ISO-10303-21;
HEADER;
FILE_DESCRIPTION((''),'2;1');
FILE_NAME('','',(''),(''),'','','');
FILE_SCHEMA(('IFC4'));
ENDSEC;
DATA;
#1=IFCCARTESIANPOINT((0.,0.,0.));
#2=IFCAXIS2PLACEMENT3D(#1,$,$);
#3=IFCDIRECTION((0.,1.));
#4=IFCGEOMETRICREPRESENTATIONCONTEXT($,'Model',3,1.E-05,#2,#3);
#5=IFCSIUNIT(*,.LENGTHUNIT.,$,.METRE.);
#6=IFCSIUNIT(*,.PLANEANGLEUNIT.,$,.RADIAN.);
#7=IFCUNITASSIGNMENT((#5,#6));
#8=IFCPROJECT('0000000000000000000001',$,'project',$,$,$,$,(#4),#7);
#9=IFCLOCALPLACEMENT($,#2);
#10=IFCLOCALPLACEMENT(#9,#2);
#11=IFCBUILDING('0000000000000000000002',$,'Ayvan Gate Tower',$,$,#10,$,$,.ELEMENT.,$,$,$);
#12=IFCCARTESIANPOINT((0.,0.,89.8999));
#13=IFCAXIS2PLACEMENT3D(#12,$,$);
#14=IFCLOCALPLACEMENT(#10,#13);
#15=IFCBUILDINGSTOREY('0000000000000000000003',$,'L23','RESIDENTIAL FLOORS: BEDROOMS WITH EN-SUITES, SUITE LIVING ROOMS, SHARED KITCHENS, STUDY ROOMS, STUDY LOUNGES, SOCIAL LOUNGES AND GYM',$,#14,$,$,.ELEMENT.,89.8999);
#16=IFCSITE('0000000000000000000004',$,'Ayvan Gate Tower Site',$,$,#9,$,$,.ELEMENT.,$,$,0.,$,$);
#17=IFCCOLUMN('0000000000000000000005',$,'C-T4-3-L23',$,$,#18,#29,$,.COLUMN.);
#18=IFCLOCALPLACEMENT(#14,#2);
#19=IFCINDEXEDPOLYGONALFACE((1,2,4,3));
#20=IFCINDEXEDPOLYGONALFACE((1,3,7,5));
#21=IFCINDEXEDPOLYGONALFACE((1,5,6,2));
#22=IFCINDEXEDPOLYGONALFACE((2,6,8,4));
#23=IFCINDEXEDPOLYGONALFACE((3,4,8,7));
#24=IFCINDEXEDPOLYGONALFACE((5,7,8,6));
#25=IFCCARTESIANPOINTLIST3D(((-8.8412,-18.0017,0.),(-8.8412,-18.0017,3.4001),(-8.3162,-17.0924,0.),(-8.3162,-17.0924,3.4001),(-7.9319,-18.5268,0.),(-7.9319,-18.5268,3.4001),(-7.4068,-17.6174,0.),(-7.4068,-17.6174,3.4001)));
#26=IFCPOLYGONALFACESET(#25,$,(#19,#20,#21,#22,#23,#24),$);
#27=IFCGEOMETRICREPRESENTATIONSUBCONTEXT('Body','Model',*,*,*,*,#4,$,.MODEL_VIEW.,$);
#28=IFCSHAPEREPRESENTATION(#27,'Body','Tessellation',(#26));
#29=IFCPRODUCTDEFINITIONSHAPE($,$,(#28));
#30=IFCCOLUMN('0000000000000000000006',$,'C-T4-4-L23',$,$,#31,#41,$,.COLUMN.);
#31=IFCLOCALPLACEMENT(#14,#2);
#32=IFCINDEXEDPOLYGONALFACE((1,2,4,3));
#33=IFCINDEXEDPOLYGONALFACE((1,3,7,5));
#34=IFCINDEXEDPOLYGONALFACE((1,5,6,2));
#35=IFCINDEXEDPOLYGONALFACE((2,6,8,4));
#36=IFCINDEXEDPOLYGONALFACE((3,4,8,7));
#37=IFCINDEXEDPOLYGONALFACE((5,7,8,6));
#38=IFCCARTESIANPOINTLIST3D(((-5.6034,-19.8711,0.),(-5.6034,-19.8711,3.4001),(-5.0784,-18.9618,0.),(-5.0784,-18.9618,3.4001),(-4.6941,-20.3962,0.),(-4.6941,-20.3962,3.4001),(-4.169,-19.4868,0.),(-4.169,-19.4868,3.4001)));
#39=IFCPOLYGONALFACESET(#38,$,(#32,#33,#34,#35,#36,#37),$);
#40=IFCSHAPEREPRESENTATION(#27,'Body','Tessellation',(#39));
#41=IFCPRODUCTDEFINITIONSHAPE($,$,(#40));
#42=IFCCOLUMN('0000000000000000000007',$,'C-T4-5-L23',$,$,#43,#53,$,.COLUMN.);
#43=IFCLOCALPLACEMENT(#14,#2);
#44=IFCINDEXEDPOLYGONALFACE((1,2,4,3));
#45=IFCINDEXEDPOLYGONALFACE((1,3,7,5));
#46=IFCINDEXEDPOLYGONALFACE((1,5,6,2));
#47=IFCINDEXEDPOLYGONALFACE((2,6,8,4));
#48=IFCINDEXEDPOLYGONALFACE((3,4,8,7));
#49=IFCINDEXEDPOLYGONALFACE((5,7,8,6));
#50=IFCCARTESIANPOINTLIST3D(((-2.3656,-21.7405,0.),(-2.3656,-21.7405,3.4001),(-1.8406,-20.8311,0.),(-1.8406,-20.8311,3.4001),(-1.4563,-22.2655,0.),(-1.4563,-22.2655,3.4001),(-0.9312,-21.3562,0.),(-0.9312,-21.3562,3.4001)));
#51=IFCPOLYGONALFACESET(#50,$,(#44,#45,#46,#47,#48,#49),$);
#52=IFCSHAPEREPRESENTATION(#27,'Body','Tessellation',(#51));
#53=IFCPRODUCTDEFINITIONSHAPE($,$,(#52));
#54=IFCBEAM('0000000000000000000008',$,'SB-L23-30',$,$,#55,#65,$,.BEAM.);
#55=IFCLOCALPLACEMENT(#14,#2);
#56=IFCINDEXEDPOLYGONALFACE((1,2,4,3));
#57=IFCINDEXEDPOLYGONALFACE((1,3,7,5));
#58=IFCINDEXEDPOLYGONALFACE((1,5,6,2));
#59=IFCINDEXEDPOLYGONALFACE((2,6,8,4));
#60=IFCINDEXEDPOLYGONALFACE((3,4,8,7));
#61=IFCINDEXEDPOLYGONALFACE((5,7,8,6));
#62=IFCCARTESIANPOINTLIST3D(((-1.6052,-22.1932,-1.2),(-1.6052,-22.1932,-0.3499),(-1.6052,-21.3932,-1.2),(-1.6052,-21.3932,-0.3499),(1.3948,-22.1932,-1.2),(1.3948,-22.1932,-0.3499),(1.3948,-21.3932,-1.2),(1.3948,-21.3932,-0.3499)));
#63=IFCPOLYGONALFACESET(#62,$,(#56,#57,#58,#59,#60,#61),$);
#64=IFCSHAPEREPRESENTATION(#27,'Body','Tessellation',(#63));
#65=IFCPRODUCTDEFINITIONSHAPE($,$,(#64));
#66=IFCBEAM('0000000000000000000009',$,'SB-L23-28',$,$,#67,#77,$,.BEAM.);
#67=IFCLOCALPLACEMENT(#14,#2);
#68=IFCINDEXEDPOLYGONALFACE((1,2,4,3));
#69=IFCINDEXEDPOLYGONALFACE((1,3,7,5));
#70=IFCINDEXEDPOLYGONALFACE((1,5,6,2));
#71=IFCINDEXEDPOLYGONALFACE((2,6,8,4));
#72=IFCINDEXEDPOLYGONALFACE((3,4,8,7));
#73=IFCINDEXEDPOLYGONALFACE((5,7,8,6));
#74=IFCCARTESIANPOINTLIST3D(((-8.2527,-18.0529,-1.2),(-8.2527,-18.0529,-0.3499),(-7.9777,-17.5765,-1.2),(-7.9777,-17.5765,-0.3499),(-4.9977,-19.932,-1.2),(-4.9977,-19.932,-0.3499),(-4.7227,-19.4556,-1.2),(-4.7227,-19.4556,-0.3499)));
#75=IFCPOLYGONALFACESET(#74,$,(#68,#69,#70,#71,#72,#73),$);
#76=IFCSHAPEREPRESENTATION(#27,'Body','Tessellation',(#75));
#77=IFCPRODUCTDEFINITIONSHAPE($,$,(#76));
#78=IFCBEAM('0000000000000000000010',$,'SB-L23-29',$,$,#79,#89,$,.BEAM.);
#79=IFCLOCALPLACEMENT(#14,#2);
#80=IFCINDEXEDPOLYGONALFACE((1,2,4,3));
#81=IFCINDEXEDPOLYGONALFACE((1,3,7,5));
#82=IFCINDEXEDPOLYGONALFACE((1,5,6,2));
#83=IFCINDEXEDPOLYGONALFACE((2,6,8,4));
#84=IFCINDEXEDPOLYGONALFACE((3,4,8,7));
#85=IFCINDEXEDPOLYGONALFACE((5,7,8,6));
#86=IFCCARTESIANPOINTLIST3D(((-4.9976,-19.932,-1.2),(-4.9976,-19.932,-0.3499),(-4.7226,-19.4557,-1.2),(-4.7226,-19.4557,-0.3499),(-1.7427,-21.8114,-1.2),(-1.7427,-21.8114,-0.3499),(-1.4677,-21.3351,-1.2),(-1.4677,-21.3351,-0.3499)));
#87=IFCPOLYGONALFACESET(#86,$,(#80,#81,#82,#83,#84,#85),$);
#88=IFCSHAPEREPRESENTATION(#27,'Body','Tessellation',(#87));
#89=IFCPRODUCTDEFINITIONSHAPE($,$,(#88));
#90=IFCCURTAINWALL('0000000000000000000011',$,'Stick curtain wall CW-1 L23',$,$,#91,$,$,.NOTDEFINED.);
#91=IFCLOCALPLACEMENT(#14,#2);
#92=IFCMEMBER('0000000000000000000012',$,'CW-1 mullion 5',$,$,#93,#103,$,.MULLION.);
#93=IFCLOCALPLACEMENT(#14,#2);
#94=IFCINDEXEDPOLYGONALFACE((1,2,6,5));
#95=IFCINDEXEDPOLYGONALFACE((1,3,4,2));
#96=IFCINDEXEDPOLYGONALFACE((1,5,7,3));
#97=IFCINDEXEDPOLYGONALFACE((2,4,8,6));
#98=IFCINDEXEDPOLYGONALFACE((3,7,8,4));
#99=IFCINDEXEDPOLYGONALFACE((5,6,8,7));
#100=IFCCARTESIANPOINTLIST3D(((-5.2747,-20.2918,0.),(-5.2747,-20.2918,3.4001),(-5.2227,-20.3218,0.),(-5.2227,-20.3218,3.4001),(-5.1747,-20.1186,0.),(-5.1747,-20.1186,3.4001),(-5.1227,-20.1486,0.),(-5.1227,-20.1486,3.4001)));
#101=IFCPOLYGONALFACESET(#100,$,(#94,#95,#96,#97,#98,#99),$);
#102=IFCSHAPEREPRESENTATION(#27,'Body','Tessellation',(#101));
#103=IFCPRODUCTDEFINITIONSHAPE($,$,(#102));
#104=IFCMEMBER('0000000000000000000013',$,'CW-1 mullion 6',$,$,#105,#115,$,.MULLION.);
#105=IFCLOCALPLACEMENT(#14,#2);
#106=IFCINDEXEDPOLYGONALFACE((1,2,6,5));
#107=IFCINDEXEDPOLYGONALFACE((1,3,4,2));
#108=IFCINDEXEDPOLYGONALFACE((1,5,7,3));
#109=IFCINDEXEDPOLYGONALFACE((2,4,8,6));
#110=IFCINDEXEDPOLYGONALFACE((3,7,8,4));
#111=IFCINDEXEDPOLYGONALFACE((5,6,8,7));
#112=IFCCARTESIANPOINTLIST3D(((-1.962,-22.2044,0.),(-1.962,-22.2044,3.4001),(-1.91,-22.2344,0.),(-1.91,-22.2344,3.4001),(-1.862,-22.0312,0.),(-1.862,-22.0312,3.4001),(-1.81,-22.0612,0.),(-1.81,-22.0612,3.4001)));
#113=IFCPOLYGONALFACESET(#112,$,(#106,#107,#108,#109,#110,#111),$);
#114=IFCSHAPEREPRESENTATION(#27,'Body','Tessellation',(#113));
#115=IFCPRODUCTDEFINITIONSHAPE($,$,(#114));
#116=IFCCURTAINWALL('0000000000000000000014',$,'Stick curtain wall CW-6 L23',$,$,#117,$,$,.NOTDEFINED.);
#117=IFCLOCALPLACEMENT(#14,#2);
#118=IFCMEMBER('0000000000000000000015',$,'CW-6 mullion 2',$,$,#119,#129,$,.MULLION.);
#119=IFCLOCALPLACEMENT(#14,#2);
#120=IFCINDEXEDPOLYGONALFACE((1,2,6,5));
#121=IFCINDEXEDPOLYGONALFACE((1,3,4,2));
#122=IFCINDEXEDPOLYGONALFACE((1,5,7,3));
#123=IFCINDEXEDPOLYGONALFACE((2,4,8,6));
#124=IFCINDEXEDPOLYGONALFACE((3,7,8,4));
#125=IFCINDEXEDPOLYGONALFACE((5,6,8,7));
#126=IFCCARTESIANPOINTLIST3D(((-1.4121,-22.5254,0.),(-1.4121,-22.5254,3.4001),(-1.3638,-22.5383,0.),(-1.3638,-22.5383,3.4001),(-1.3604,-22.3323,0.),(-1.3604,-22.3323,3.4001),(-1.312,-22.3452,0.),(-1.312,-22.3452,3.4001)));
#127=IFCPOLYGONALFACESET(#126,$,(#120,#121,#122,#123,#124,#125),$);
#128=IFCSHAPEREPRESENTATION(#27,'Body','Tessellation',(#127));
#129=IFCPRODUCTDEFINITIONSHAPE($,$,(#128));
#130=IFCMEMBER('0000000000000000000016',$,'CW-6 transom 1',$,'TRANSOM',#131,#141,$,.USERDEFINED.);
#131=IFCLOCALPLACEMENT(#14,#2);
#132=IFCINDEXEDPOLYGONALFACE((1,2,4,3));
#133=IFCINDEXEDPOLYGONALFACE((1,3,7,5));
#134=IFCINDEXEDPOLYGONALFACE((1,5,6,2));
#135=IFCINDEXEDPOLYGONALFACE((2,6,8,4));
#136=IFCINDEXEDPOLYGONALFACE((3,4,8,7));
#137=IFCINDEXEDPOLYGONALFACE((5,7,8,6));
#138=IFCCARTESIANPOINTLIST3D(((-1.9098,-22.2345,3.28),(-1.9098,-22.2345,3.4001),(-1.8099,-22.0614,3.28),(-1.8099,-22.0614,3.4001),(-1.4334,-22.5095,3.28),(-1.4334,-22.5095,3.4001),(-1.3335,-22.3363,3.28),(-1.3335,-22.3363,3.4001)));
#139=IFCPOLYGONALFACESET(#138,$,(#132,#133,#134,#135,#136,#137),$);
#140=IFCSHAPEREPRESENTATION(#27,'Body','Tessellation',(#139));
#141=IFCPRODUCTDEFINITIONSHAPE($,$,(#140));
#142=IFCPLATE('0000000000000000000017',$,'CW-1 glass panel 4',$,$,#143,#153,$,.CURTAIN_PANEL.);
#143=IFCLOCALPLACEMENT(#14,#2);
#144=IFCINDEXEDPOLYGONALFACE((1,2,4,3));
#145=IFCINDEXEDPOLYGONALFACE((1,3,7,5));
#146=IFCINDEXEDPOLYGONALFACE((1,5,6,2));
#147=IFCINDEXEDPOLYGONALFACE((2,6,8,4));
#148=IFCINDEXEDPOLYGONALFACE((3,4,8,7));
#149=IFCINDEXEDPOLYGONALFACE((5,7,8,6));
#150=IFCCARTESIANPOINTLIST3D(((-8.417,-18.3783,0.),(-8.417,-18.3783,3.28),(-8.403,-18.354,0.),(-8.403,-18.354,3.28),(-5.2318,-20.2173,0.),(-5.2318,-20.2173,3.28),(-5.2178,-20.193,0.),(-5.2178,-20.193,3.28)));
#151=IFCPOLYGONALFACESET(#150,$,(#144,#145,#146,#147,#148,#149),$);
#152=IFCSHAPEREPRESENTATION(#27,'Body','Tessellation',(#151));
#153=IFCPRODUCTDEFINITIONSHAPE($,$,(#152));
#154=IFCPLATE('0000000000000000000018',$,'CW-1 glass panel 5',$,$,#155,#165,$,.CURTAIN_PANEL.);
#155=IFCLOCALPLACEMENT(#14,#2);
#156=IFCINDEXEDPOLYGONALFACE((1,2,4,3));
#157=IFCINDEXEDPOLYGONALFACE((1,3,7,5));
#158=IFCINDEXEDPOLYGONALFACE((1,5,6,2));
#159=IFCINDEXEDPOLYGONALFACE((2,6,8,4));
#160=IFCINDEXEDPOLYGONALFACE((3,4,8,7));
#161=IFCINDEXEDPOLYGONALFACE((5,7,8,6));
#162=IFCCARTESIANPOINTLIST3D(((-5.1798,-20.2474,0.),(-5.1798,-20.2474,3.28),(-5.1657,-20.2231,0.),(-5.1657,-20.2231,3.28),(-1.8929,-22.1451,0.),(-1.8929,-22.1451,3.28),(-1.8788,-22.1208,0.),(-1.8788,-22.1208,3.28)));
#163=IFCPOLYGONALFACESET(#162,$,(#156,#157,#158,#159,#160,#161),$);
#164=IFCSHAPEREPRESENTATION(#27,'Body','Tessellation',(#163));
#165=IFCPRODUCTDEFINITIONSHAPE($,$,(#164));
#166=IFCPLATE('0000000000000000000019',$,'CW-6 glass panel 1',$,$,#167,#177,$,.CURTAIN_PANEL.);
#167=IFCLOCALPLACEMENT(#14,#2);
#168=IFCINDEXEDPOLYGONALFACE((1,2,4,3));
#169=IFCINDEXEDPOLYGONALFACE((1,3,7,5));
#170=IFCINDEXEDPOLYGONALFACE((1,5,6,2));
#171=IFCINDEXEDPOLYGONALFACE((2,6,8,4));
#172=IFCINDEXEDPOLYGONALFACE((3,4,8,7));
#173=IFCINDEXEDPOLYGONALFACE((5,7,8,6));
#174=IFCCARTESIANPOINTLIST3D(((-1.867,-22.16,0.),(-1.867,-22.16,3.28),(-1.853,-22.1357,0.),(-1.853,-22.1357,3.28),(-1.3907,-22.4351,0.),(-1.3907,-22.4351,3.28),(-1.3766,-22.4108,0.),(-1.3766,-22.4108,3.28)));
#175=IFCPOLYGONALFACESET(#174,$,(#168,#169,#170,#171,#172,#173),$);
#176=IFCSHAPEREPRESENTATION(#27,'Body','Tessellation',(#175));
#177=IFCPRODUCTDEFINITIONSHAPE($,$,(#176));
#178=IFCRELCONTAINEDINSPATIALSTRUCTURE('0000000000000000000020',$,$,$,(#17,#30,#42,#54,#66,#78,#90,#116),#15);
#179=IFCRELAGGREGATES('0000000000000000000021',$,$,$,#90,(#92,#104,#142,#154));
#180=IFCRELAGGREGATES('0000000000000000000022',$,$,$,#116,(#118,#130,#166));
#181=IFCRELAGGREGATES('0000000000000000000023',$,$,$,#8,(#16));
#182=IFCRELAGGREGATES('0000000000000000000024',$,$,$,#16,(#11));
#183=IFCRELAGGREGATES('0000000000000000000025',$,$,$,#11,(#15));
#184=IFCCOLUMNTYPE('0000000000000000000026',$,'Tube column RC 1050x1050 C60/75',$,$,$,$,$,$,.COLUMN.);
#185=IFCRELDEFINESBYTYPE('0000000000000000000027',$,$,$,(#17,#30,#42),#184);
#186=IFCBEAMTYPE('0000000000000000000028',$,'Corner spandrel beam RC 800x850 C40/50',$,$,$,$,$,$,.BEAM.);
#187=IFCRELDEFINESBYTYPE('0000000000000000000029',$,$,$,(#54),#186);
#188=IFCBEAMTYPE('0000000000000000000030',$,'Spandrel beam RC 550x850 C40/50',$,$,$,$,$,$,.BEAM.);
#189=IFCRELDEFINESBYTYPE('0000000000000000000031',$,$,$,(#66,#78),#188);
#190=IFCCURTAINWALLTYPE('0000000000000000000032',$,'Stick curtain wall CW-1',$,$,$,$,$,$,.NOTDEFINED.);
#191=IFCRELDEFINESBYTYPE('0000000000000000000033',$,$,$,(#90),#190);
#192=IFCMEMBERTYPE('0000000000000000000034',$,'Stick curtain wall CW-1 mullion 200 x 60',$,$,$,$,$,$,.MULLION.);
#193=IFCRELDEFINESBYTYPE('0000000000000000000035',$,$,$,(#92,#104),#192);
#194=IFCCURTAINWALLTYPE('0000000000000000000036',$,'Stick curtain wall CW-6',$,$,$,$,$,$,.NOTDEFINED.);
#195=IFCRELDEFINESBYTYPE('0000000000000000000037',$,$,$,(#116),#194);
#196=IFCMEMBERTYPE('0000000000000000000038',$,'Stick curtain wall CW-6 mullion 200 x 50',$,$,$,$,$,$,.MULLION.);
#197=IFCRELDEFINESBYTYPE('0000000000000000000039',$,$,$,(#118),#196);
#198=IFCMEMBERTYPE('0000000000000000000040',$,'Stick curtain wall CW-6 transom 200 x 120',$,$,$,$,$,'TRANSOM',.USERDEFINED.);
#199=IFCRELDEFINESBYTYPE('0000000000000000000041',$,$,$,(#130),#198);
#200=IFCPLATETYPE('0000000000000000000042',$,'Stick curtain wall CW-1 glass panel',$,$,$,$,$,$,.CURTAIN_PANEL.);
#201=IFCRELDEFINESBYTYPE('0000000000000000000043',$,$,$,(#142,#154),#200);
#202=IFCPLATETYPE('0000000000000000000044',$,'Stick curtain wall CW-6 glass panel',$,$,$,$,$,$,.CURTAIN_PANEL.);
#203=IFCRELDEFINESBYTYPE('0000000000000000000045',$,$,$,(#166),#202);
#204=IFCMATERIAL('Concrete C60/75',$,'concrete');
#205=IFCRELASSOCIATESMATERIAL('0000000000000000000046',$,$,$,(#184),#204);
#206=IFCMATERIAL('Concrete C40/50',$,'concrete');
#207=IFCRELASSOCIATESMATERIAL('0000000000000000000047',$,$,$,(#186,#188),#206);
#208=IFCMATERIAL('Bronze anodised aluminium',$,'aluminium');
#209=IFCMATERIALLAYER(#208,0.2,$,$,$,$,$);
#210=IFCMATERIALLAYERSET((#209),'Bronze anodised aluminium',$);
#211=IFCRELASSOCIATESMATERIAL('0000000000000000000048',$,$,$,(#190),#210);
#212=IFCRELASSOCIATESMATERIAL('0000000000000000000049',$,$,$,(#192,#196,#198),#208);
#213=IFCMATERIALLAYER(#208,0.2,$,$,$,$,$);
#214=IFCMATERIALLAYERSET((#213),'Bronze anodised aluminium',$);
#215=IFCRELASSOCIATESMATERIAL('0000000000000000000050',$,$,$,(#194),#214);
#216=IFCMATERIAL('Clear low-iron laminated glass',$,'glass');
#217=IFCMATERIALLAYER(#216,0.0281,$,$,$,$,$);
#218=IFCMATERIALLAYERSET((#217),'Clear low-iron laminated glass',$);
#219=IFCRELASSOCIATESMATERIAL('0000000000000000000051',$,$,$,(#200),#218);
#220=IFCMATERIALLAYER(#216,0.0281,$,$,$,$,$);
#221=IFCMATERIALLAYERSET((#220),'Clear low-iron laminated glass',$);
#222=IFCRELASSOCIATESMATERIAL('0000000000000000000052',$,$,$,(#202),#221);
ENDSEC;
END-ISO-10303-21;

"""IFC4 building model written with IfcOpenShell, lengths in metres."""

from ifc_helpers import new_model, si_unit, direction, frame, origin, origin_2d, place, context, subcontext, project, spatial, rectangle, extrude, material, layer, layer_set, material_profile, profile_set, type_object, element, aggregate, save


model = new_model("IFC4")

# Units and contexts
model_context = context("Model", 3, precision=1e-05, world=origin(), true_north=direction((0.0, 1.0)))
body_context = subcontext(model_context, "Body", "Model", "MODEL_VIEW")
ifc_project = project(units=[si_unit("LENGTHUNIT", "METRE"), si_unit("PLANEANGLEUNIT", "RADIAN")], contexts=[model_context])

# Site, building, storey
site_placement = place(None, origin())
site = spatial("IfcSite", under=ifc_project, at=site_placement, Name="Ayvan Gate Tower Site", CompositionType="ELEMENT", RefElevation=0.0)
building_placement = place(site_placement, origin())
building = spatial("IfcBuilding", under=site, at=building_placement, Name="Ayvan Gate Tower", CompositionType="ELEMENT")
storey_placement = place(building_placement, frame((0.0, 0.0, 89.8999)))
storey = spatial("IfcBuildingStorey", under=building, at=storey_placement, Name="L23", Description="RESIDENTIAL FLOORS: BEDROOMS WITH EN-SUITES, SUITE LIVING ROOMS, SHARED KITCHENS, STUDY ROOMS, STUDY LOUNGES, SOCIAL LOUNGES AND GYM", CompositionType="ELEMENT", Elevation=89.8999)

# Columns
ifc_material_1 = material(Name="Concrete C60/75", Category="concrete")
ifc_material_profile_1 = material_profile(ifc_material_1, rectangle(XDim=1.05, YDim=1.05, at=origin_2d()), Name="RC 1050x1050")
ifc_profile_set_1 = profile_set([ifc_material_profile_1], Name="Concrete C60/75")
column_type = type_object("IfcColumnType", Name="Tube column RC 1050x1050 C60/75", PredefinedType="COLUMN", material=ifc_profile_set_1)
for number, where, z_axis, x_axis, name in (
    (1, (-8.124, -17.8096, 0.0), (0.0, 0.0, 1.0), (-0.5, -0.866025, 0.0), "C-T4-3-L23"),
    (2, (-4.8862, -19.679, 0.0), (0.0, 0.0, 1.0), (-0.5, -0.866025, 0.0), "C-T4-4-L23"),
    (3, (-1.6484, -21.5483, 0.0), (0.0, 0.0, 1.0), (-0.5, -0.866025, 0.0), "C-T4-5-L23"),
):
    element("IfcColumn", number, at=place(storey_placement, frame(where, z_axis=z_axis, x_axis=x_axis)), inside=storey, type_object=column_type, Name=name, PredefinedType="COLUMN", context=body_context, shape_type="SweptSolid", body=[
        extrude(rectangle(XDim=1.05, YDim=1.05, at=origin_2d()), origin(), (0.0, 0.0, 1.0), 3.4001),
    ])

# Beams
ifc_material_2 = material(Name="Concrete C40/50", Category="concrete")
ifc_material_profile_2 = material_profile(ifc_material_2, rectangle(XDim=0.8, YDim=0.8501, at=origin_2d()), Name="RC 800x850")
ifc_profile_set_2 = profile_set([ifc_material_profile_2], Name="Concrete C40/50")
beam_type_1 = type_object("IfcBeamType", Name="Corner spandrel beam RC 800x850 C40/50", PredefinedType="BEAM", material=ifc_profile_set_2)
beam_placement = place(storey_placement, frame((-1.6052, -21.7932, -0.7749), z_axis=(1.0, 0.0, 0.0), x_axis=(0.0, 1.0, 0.0)))
element("IfcBeam", 4, at=beam_placement, inside=storey, type_object=beam_type_1, Name="SB-L23-30", PredefinedType="BEAM", context=body_context, shape_type="SweptSolid", body=[
    extrude(rectangle(XDim=0.8, YDim=0.8501, at=origin_2d()), origin(), (0.0, 0.0, 1.0), 3.0),
])
ifc_material_profile_3 = material_profile(ifc_material_2, rectangle(XDim=0.55, YDim=0.8501, at=origin_2d()), Name="RC 550x850")
ifc_profile_set_3 = profile_set([ifc_material_profile_3], Name="Concrete C40/50")
beam_type_2 = type_object("IfcBeamType", Name="Spandrel beam RC 550x850 C40/50", PredefinedType="BEAM", material=ifc_profile_set_3)
for number, where, z_axis, x_axis, name in (
    (5, (-8.1152, -17.8147, -0.7749), (0.866048, -0.49996, 0.0), (0.49996, 0.866048, 0.0), "SB-L23-28"),
    (6, (-4.8601, -19.6938, -0.7749), (0.866004, -0.500037, 0.0), (0.500037, 0.866004, 0.0), "SB-L23-29"),
):
    element("IfcBeam", number, at=place(storey_placement, frame(where, z_axis=z_axis, x_axis=x_axis)), inside=storey, type_object=beam_type_2, Name=name, PredefinedType="BEAM", context=body_context, shape_type="SweptSolid", body=[
        extrude(rectangle(XDim=0.55, YDim=0.8501, at=origin_2d()), origin(), (0.0, 0.0, 1.0), 3.7585),
    ])

# Curtain walls, members
ifc_material_3 = material(Name="Bronze anodised aluminium", Category="aluminium")
ifc_layer_1 = layer(ifc_material_3, 0.2)
ifc_layer_set_1 = layer_set([ifc_layer_1], Name="Bronze anodised aluminium")
curtain_wall_type_1 = type_object("IfcCurtainWallType", Name="Stick curtain wall CW-1", PredefinedType="NOTDEFINED", material=ifc_layer_set_1)
curtain_wall_1_placement = place(storey_placement, origin())
curtain_wall_1 = element("IfcCurtainWall", 7, at=curtain_wall_1_placement, inside=storey, type_object=curtain_wall_type_1, Name="Stick curtain wall CW-1 L23", PredefinedType="NOTDEFINED")
ifc_material_profile_4 = material_profile(ifc_material_3, rectangle(XDim=0.2, YDim=0.0601, at=origin_2d()), Name="Stick curtain wall CW-1 mullion 200 x 60")
ifc_profile_set_4 = profile_set([ifc_material_profile_4], Name="Bronze anodised aluminium")
member_type_1 = type_object("IfcMemberType", Name="Stick curtain wall CW-1 mullion 200 x 60", PredefinedType="MULLION", material=ifc_profile_set_4)
member_1_placement = place(storey_placement, frame((-5.1987, -20.2202, 0.0), z_axis=(0.0, 0.0, 1.0), x_axis=(-0.5, -0.866025, 0.0)))
member_1 = element("IfcMember", 8, at=member_1_placement, type_object=member_type_1, Name="CW-1 mullion 5", PredefinedType="MULLION", context=body_context, shape_type="SweptSolid", body=[
    extrude(rectangle(XDim=0.2, YDim=0.0601, at=origin_2d()), origin(), (0.0, 0.0, 1.0), 3.4001),
])
member_2_placement = place(storey_placement, frame((-1.886, -22.1328, 0.0), z_axis=(0.0, 0.0, 1.0), x_axis=(-0.5, -0.866025, 0.0)))
member_2 = element("IfcMember", 9, at=member_2_placement, type_object=member_type_1, Name="CW-1 mullion 6", PredefinedType="MULLION", context=body_context, shape_type="SweptSolid", body=[
    extrude(rectangle(XDim=0.2, YDim=0.0601, at=origin_2d()), origin(), (0.0, 0.0, 1.0), 3.4001),
])
ifc_layer_2 = layer(ifc_material_3, 0.2)
ifc_layer_set_2 = layer_set([ifc_layer_2], Name="Bronze anodised aluminium")
curtain_wall_type_2 = type_object("IfcCurtainWallType", Name="Stick curtain wall CW-6", PredefinedType="NOTDEFINED", material=ifc_layer_set_2)
curtain_wall_2_placement = place(storey_placement, origin())
curtain_wall_2 = element("IfcCurtainWall", 10, at=curtain_wall_2_placement, inside=storey, type_object=curtain_wall_type_2, Name="Stick curtain wall CW-6 L23", PredefinedType="NOTDEFINED")
ifc_material_profile_5 = material_profile(ifc_material_3, rectangle(XDim=0.2, YDim=0.05, at=origin_2d()), Name="Stick curtain wall CW-6 mullion 200 x 50")
ifc_profile_set_5 = profile_set([ifc_material_profile_5], Name="Bronze anodised aluminium")
member_type_2 = type_object("IfcMemberType", Name="Stick curtain wall CW-6 mullion 200 x 50", PredefinedType="MULLION", material=ifc_profile_set_5)
member_3_placement = place(storey_placement, frame((-1.3621, -22.4353, 0.0), z_axis=(0.0, 0.0, 1.0), x_axis=(-0.258819, -0.965926, 0.0)))
member_3 = element("IfcMember", 11, at=member_3_placement, type_object=member_type_2, Name="CW-6 mullion 2", PredefinedType="MULLION", context=body_context, shape_type="SweptSolid", body=[
    extrude(rectangle(XDim=0.2, YDim=0.05, at=origin_2d()), origin(), (0.0, 0.0, 1.0), 3.4001),
])
ifc_material_profile_6 = material_profile(ifc_material_3, rectangle(XDim=0.2, YDim=0.1201, at=origin_2d()), Name="Stick curtain wall CW-6 transom 200 x 120")
ifc_profile_set_6 = profile_set([ifc_material_profile_6], Name="Bronze anodised aluminium")
member_type_3 = type_object("IfcMemberType", Name="Stick curtain wall CW-6 transom 200 x 120", ElementType="TRANSOM", PredefinedType="USERDEFINED", material=ifc_profile_set_6)
member_4_placement = place(storey_placement, frame((-1.8599, -22.1479, 3.3401), z_axis=(0.866104, -0.499863, 0.0), x_axis=(0.499863, 0.866104, 0.0)))
member_4 = element("IfcMember", 12, at=member_4_placement, type_object=member_type_3, Name="CW-6 transom 1", ObjectType="TRANSOM", PredefinedType="USERDEFINED", context=body_context, shape_type="SweptSolid", body=[
    extrude(rectangle(XDim=0.2, YDim=0.1201, at=origin_2d()), origin(), (0.0, 0.0, 1.0), 0.55),
])

# Plates
ifc_material_4 = material(Name="Clear low-iron laminated glass", Category="glass")
ifc_layer_3 = layer(ifc_material_4, 0.0281)
ifc_layer_set_3 = layer_set([ifc_layer_3], Name="Clear low-iron laminated glass")
plate_type_1 = type_object("IfcPlateType", Name="Stick curtain wall CW-1 glass panel", PredefinedType="CURTAIN_PANEL", material=ifc_layer_set_3)
plate_1_placement = place(storey_placement, frame((-6.8174, -19.2856, 0.0), z_axis=(0.0, 0.0, 1.0), x_axis=(0.866025, -0.5, 0.0)))
plate_1 = element("IfcPlate", 13, at=plate_1_placement, type_object=plate_type_1, Name="CW-1 glass panel 4", PredefinedType="CURTAIN_PANEL", context=body_context, shape_type="SweptSolid", body=[
    extrude(rectangle(XDim=3.678, YDim=0.0281, at=origin_2d()), origin(), (0.0, 0.0, 1.0), 3.28),
])
plate_2_placement = place(storey_placement, frame((-3.5293, -21.1841, 0.0), z_axis=(0.0, 0.0, 1.0), x_axis=(0.866025, -0.5, 0.0)))
plate_2 = element("IfcPlate", 14, at=plate_2_placement, type_object=plate_type_1, Name="CW-1 glass panel 5", PredefinedType="CURTAIN_PANEL", context=body_context, shape_type="SweptSolid", body=[
    extrude(rectangle(XDim=3.7954, YDim=0.0281, at=origin_2d()), origin(), (0.0, 0.0, 1.0), 3.28),
])
aggregate(curtain_wall_1, [member_1, member_2, plate_1, plate_2])
ifc_layer_4 = layer(ifc_material_4, 0.0281)
ifc_layer_set_4 = layer_set([ifc_layer_4], Name="Clear low-iron laminated glass")
plate_type_2 = type_object("IfcPlateType", Name="Stick curtain wall CW-6 glass panel", PredefinedType="CURTAIN_PANEL", material=ifc_layer_set_4)
plate_3_placement = place(storey_placement, frame((-1.6218, -22.2854, 0.0), z_axis=(0.0, 0.0, 1.0), x_axis=(0.866025, -0.5, 0.0)))
plate_3 = element("IfcPlate", 15, at=plate_3_placement, type_object=plate_type_2, Name="CW-6 glass panel 1", PredefinedType="CURTAIN_PANEL", context=body_context, shape_type="SweptSolid", body=[
    extrude(rectangle(XDim=0.55, YDim=0.0281, at=origin_2d()), origin(), (0.0, 0.0, 1.0), 3.28),
])
aggregate(curtain_wall_2, [member_3, member_4, plate_3])

save(model, "model.ifc")
